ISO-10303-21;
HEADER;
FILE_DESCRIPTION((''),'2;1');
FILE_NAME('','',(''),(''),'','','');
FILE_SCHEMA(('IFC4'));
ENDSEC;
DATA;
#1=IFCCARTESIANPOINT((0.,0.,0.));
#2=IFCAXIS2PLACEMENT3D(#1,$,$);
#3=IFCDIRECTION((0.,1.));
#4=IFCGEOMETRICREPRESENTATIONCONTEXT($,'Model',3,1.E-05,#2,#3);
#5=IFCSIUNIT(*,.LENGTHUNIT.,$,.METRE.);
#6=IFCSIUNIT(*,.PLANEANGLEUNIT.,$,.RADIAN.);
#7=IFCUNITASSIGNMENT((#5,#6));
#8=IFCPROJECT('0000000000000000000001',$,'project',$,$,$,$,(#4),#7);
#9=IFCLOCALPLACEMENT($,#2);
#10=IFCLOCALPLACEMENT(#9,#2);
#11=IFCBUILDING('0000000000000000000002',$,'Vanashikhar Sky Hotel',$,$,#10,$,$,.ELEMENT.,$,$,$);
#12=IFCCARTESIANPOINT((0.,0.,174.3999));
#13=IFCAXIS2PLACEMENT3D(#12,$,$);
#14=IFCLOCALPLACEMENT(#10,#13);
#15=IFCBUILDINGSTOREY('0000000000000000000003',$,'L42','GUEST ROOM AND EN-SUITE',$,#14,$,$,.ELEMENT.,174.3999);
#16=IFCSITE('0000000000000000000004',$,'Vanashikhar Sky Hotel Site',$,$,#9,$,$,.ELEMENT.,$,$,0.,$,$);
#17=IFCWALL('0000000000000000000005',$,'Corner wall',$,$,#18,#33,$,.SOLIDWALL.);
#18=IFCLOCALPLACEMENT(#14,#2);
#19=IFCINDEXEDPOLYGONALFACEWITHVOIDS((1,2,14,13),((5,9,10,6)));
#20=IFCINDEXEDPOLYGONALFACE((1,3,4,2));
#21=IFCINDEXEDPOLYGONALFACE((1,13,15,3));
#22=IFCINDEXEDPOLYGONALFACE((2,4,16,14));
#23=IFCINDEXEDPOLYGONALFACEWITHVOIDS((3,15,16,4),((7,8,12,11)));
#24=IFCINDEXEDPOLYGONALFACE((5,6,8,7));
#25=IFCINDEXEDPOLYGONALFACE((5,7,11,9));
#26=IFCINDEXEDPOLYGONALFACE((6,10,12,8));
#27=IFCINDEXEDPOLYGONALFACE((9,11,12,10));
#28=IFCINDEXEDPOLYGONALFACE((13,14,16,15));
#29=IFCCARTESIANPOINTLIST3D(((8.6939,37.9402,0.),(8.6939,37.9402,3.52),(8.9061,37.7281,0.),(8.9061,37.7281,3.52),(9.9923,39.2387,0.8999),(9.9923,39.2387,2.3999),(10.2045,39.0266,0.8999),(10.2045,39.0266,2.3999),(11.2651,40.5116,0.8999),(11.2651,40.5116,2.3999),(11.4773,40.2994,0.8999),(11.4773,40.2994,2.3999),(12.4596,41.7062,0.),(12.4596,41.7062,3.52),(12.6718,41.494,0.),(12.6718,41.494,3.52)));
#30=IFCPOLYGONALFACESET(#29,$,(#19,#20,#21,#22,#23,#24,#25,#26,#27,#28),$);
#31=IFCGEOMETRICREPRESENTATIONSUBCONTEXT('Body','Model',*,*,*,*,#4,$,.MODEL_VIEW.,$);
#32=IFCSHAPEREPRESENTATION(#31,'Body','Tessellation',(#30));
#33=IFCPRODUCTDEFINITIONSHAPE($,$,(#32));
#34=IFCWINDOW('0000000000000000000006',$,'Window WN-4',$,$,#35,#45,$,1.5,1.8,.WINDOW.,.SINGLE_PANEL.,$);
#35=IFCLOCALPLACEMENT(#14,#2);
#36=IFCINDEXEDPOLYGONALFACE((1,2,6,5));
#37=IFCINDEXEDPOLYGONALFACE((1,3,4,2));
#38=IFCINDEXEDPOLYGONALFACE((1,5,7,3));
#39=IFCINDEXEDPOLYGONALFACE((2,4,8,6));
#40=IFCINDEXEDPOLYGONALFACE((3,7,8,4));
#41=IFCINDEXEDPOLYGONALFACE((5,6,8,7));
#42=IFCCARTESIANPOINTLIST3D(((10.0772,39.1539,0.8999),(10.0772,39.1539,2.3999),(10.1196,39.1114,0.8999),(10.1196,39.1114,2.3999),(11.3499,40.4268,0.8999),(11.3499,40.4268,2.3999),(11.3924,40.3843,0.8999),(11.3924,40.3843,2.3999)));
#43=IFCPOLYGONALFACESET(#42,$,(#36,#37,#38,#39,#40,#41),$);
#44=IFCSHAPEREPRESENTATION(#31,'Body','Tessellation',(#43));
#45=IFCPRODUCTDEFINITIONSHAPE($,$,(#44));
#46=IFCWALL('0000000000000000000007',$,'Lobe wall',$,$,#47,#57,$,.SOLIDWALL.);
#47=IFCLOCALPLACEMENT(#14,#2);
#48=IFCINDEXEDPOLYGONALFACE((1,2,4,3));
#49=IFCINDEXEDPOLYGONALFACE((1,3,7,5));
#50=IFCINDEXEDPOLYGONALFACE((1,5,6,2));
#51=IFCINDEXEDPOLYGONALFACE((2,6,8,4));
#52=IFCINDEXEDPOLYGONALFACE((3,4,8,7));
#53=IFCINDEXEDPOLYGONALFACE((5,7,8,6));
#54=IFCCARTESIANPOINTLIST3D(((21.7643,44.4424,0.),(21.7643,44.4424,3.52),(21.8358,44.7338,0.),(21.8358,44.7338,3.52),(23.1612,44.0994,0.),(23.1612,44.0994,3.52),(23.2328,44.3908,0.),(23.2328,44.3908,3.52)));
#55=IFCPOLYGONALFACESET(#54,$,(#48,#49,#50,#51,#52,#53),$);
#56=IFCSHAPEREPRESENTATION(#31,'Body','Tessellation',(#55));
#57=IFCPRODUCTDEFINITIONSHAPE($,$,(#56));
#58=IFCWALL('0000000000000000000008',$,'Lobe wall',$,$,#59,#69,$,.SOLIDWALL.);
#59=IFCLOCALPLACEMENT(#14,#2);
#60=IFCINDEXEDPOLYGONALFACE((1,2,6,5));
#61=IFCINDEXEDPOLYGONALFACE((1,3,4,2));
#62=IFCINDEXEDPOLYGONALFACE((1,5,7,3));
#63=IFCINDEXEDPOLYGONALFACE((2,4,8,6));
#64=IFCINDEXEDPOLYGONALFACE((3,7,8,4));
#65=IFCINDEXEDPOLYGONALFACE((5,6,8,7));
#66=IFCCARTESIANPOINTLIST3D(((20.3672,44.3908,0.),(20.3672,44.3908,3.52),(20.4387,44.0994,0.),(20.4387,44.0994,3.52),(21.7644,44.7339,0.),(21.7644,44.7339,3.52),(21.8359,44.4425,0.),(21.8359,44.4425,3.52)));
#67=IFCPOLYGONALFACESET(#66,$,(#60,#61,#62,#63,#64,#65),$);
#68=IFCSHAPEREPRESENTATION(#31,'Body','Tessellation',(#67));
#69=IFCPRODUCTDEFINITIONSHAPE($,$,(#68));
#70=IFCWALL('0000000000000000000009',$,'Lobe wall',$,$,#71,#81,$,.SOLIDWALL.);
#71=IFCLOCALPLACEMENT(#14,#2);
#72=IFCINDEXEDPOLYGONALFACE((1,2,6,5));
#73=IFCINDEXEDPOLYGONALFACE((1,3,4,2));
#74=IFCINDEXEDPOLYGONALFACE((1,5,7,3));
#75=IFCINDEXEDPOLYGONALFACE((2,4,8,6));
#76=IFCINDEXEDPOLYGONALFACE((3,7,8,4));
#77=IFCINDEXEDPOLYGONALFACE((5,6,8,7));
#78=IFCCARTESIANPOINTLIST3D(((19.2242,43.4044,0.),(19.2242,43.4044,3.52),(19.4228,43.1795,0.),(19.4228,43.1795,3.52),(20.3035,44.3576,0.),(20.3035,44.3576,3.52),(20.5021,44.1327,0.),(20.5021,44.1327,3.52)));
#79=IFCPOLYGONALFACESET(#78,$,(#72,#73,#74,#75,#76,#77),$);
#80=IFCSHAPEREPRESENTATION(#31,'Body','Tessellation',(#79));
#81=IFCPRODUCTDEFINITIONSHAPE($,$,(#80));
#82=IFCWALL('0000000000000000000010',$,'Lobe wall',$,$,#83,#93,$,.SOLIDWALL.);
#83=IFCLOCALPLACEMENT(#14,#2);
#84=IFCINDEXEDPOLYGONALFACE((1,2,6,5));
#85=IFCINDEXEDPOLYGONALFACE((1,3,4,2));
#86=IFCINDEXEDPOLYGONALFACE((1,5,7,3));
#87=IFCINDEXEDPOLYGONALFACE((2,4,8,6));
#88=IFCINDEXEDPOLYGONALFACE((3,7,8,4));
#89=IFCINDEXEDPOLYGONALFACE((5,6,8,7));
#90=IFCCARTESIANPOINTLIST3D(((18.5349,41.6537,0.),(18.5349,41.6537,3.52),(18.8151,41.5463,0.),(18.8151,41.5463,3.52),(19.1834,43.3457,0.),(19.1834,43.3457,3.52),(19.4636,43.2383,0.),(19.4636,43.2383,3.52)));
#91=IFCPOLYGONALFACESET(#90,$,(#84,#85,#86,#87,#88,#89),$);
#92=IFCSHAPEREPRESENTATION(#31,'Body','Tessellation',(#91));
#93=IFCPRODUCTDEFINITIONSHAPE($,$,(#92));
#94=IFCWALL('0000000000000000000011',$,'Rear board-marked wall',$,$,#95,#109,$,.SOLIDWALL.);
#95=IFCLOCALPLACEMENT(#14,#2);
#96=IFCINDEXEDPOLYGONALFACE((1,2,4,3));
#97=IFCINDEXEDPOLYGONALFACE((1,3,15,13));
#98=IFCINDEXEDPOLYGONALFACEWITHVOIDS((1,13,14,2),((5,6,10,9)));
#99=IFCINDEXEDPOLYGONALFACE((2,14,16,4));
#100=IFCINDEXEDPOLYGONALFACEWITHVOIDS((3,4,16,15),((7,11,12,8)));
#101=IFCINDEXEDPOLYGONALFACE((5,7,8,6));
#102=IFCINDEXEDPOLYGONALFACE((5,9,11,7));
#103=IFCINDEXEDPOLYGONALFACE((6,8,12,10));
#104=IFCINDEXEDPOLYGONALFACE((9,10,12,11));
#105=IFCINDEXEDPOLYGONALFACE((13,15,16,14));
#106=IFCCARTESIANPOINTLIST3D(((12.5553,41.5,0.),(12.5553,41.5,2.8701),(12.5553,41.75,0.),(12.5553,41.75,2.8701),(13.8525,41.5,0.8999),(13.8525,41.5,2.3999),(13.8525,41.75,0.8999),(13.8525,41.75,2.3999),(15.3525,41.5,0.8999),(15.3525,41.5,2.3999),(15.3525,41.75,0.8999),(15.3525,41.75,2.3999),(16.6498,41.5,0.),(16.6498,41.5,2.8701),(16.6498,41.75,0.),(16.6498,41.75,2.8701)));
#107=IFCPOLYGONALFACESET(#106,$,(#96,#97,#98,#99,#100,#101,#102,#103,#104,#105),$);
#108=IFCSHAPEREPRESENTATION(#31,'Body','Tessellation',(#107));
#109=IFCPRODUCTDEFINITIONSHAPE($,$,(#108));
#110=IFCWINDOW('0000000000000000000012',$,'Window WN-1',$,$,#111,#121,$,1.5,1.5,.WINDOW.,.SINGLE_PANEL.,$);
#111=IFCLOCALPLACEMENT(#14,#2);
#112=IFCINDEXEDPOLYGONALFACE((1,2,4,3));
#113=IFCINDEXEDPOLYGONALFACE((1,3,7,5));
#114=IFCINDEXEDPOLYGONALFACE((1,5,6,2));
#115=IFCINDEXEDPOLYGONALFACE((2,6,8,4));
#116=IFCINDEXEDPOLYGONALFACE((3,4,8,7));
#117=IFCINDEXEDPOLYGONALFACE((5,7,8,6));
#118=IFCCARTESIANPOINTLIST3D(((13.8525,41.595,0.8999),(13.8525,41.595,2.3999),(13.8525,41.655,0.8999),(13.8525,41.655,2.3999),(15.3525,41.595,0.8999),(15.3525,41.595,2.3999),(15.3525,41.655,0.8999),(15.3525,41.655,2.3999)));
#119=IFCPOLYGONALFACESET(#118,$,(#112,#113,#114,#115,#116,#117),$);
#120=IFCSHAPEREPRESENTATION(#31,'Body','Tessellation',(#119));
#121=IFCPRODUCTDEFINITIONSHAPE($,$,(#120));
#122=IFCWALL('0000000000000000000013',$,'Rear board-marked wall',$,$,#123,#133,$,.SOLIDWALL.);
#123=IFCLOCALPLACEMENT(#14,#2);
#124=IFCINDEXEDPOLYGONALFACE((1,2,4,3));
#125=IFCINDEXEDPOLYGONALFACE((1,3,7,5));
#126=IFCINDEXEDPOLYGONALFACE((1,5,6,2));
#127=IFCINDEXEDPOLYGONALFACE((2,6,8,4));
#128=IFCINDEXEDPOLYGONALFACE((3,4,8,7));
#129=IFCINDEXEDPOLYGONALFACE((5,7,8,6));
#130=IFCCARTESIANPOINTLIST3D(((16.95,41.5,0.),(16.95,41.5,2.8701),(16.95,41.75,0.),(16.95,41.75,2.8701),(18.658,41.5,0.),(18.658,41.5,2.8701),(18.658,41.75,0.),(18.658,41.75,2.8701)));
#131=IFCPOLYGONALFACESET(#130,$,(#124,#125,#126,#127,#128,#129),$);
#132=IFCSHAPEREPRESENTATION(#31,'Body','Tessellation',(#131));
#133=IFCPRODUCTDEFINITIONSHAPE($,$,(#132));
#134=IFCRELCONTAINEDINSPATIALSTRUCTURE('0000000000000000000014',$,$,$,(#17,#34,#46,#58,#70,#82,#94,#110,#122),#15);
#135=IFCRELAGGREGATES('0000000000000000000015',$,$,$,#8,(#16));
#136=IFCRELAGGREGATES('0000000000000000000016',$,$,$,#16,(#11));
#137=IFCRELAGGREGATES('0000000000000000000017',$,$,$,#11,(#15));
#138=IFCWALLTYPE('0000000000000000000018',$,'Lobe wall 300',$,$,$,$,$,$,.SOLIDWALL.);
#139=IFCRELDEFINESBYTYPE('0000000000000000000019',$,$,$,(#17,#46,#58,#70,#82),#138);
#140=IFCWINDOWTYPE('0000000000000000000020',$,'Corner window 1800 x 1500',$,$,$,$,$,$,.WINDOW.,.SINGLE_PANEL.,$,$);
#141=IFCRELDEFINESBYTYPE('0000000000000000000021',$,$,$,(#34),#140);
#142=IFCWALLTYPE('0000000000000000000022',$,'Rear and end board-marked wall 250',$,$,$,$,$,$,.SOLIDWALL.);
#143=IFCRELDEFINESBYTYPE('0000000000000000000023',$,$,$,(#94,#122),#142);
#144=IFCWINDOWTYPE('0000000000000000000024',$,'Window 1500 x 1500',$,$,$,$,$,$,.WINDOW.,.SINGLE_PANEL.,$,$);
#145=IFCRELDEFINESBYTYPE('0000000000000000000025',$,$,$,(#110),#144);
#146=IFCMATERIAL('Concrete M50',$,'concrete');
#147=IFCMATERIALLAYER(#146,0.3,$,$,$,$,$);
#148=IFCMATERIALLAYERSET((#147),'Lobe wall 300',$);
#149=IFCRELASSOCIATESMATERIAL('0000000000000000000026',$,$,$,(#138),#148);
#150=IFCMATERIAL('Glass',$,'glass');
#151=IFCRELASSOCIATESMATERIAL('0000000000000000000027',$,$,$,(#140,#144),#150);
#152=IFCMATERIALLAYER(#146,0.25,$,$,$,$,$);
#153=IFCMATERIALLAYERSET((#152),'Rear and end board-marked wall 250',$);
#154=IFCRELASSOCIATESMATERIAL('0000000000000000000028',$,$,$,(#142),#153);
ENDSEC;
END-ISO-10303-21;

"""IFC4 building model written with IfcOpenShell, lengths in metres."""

from ifc_helpers import new_model, si_unit, direction, frame, frame_2d, origin, place, context, subcontext, project, spatial, rectangle, extrude, source, transform, mapped, material, layer, layer_set, type_object, element, fill, save


model = new_model("IFC4")

# Units and contexts
model_context = context("Model", 3, precision=1e-05, world=origin(), true_north=direction((0.0, 1.0)))
body_context = subcontext(model_context, "Body", "Model", "MODEL_VIEW")
ifc_project = project(units=[si_unit("LENGTHUNIT", "METRE"), si_unit("PLANEANGLEUNIT", "RADIAN")], contexts=[model_context])

# Site, building, storey
site_placement = place(None, origin())
site = spatial("IfcSite", under=ifc_project, at=site_placement, Name="Vanashikhar Sky Hotel Site", CompositionType="ELEMENT", RefElevation=0.0)
building_placement = place(site_placement, origin())
building = spatial("IfcBuilding", under=site, at=building_placement, Name="Vanashikhar Sky Hotel", CompositionType="ELEMENT")
storey_placement = place(building_placement, frame((0.0, 0.0, 174.3999)))
storey = spatial("IfcBuildingStorey", under=building, at=storey_placement, Name="L42", Description="GUEST ROOM AND EN-SUITE", CompositionType="ELEMENT", Elevation=174.3999)

# Wall, opening, window
ifc_material_1 = material(Name="Concrete M50", Category="concrete")
ifc_layer_1 = layer(ifc_material_1, 0.3)
ifc_layer_set_1 = layer_set([ifc_layer_1], Name="Lobe wall 300")
wall_type_1 = type_object("IfcWallType", Name="Lobe wall 300", PredefinedType="SOLIDWALL", material=ifc_layer_set_1)
shared_shape_1 = source(origin(), body_context, "Body", "SweptSolid", [
    extrude(rectangle(XDim=5.3257, YDim=0.3, at=frame_2d((2.6628, 0.0))), origin(), (0.0, 0.0, 1.0), 3.52),
])
wall_1_placement = place(storey_placement, frame((12.5657, 41.6001, 0.0), z_axis=(0.0, 0.0, 1.0), x_axis=(-0.707084, -0.70713, 0.0)))
wall_1 = element("IfcWall", 1, at=wall_1_placement, inside=storey, type_object=wall_type_1, Name="Corner wall", PredefinedType="SOLIDWALL", context=body_context, shape_type="MappedRepresentation", body=[
    mapped(shared_shape_1, transform((0.0, 0.0, 0.0), scale=1.0)),
])
shared_shape_2 = source(origin(), body_context, "Body", "SweptSolid", [
    extrude(rectangle(XDim=1.8, YDim=1.5, at=frame_2d((0.8999, 0.75))), frame((0.0, 0.1602, 0.0), z_axis=(0.0, -1.0, 0.0), x_axis=(1.0, 0.0, 0.0)), (0.0, 0.0, 1.0), 0.3201),
])
opening_1_placement = place(wall_1_placement, frame((1.6895, 0.0, 0.8999)))
opening_1 = element("IfcOpeningElement", 2, at=opening_1_placement, cuts=wall_1, PredefinedType="OPENING", context=body_context, shape_type="MappedRepresentation", body=[
    mapped(shared_shape_2, transform((0.0, 0.0, 0.0), scale=1.0)),
])
ifc_material_2 = material(Name="Glass", Category="glass")
window_type_1 = type_object("IfcWindowType", Name="Corner window 1800 x 1500", PartitioningType="SINGLE_PANEL", PredefinedType="WINDOW", material=ifc_material_2)
shared_shape_3 = source(origin(), body_context, "Body", "SweptSolid", [
    extrude(rectangle(XDim=1.8, YDim=1.5, at=frame_2d((0.8999, 0.75))), frame((0.0, 0.03, 0.0), z_axis=(0.0, -1.0, 0.0), x_axis=(1.0, 0.0, 0.0)), (0.0, 0.0, 1.0), 0.0601),
])
window_1_placement = place(opening_1_placement, origin())
window_1 = element("IfcWindow", 3, at=window_1_placement, inside=storey, type_object=window_type_1, Name="Window WN-4", OverallHeight=1.5, OverallWidth=1.8, PartitioningType="SINGLE_PANEL", PredefinedType="WINDOW", context=body_context, shape_type="MappedRepresentation", body=[
    mapped(shared_shape_3, transform((0.0, 0.0, 0.0), scale=1.0)),
])
fill(opening_1, window_1)

# Walls
shared_shape_4 = source(origin(), body_context, "Body", "SweptSolid", [
    extrude(rectangle(XDim=1.4385, YDim=0.3, at=frame_2d((0.7192, 0.0))), origin(), (0.0, 0.0, 1.0), 3.52),
])
wall_2_placement = place(storey_placement, frame((23.197, 44.2451, 0.0), z_axis=(0.0, 0.0, 1.0), x_axis=(-0.971152, 0.23846, 0.0)))
element("IfcWall", 4, at=wall_2_placement, inside=storey, type_object=wall_type_1, Name="Lobe wall", PredefinedType="SOLIDWALL", context=body_context, shape_type="MappedRepresentation", body=[
    mapped(shared_shape_4, transform((0.0, 0.0, 0.0), scale=1.0)),
])
shared_shape_5 = source(origin(), body_context, "Body", "SweptSolid", [
    extrude(rectangle(XDim=1.4387, YDim=0.3, at=frame_2d((0.7192, 0.0))), origin(), (0.0, 0.0, 1.0), 3.52),
])
wall_3_placement = place(storey_placement, frame((21.8, 44.5881, 0.0), z_axis=(0.0, 0.0, 1.0), x_axis=(-0.971162, -0.238421, 0.0)))
element("IfcWall", 5, at=wall_3_placement, inside=storey, type_object=wall_type_1, Name="Lobe wall", PredefinedType="SOLIDWALL", context=body_context, shape_type="MappedRepresentation", body=[
    mapped(shared_shape_5, transform((0.0, 0.0, 0.0), scale=1.0)),
])
shared_shape_6 = source(origin(), body_context, "Body", "SweptSolid", [
    extrude(rectangle(XDim=1.4399, YDim=0.3, at=frame_2d((0.72, 0.0))), origin(), (0.0, 0.0, 1.0), 3.52),
])
wall_4_placement = place(storey_placement, frame((20.4028, 44.2451, 0.0), z_axis=(0.0, 0.0, 1.0), x_axis=(-0.749576, -0.661919, 0.0)))
element("IfcWall", 6, at=wall_4_placement, inside=storey, type_object=wall_type_1, Name="Lobe wall", PredefinedType="SOLIDWALL", context=body_context, shape_type="MappedRepresentation", body=[
    mapped(shared_shape_6, transform((0.0, 0.0, 0.0), scale=1.0)),
])
shared_shape_7 = source(origin(), body_context, "Body", "SweptSolid", [
    extrude(rectangle(XDim=1.812, YDim=0.3, at=frame_2d((0.906, 0.0))), origin(), (0.0, 0.0, 1.0), 3.52),
])
wall_5_placement = place(storey_placement, frame((19.3235, 43.292, 0.0), z_axis=(0.0, 0.0, 1.0), x_axis=(-0.357877, -0.933769, 0.0)))
element("IfcWall", 7, at=wall_5_placement, inside=storey, type_object=wall_type_1, Name="Lobe wall", PredefinedType="SOLIDWALL", context=body_context, shape_type="MappedRepresentation", body=[
    mapped(shared_shape_7, transform((0.0, 0.0, 0.0), scale=1.0)),
])

# Wall, opening, window
ifc_layer_2 = layer(ifc_material_1, 0.25)
ifc_layer_set_2 = layer_set([ifc_layer_2], Name="Rear and end board-marked wall 250")
wall_type_2 = type_object("IfcWallType", Name="Rear and end board-marked wall 250", PredefinedType="SOLIDWALL", material=ifc_layer_set_2)
shared_shape_8 = source(origin(), body_context, "Body", "SweptSolid", [
    extrude(rectangle(XDim=4.0945, YDim=0.25, at=frame_2d((2.0474, 0.0))), origin(), (0.0, 0.0, 1.0), 2.8701),
])
wall_6_placement = place(storey_placement, frame((16.6499, 41.625, 0.0), z_axis=(0.0, 0.0, 1.0), x_axis=(-1.0, 0.0, 0.0)))
wall_6 = element("IfcWall", 8, at=wall_6_placement, inside=storey, type_object=wall_type_2, Name="Rear board-marked wall", PredefinedType="SOLIDWALL", context=body_context, shape_type="MappedRepresentation", body=[
    mapped(shared_shape_8, transform((0.0, 0.0, 0.0), scale=1.0)),
])
shared_shape_9 = source(origin(), body_context, "Body", "SweptSolid", [
    extrude(rectangle(XDim=1.5, YDim=1.5, at=frame_2d((0.75, 0.75))), frame((0.0, 0.135, 0.0), z_axis=(0.0, -1.0, 0.0), x_axis=(1.0, 0.0, 0.0)), (0.0, 0.0, 1.0), 0.27),
])
opening_2_placement = place(wall_6_placement, frame((1.2974, 0.0, 0.8999)))
opening_2 = element("IfcOpeningElement", 9, at=opening_2_placement, cuts=wall_6, PredefinedType="OPENING", context=body_context, shape_type="MappedRepresentation", body=[
    mapped(shared_shape_9, transform((0.0, 0.0, 0.0), scale=1.0)),
])
window_type_2 = type_object("IfcWindowType", Name="Window 1500 x 1500", PartitioningType="SINGLE_PANEL", PredefinedType="WINDOW", material=ifc_material_2)
shared_shape_10 = source(origin(), body_context, "Body", "SweptSolid", [
    extrude(rectangle(XDim=1.5, YDim=1.5, at=frame_2d((0.75, 0.75))), frame((0.0, 0.03, 0.0), z_axis=(0.0, -1.0, 0.0), x_axis=(1.0, 0.0, 0.0)), (0.0, 0.0, 1.0), 0.0601),
])
window_2_placement = place(opening_2_placement, origin())
window_2 = element("IfcWindow", 10, at=window_2_placement, inside=storey, type_object=window_type_2, Name="Window WN-1", OverallHeight=1.5, OverallWidth=1.5, PartitioningType="SINGLE_PANEL", PredefinedType="WINDOW", context=body_context, shape_type="MappedRepresentation", body=[
    mapped(shared_shape_10, transform((0.0, 0.0, 0.0), scale=1.0)),
])
fill(opening_2, window_2)

# Wall
shared_shape_11 = source(origin(), body_context, "Body", "SweptSolid", [
    extrude(rectangle(XDim=1.708, YDim=0.25, at=frame_2d((0.854, 0.0))), origin(), (0.0, 0.0, 1.0), 2.8701),
])
wall_7_placement = place(storey_placement, frame((18.658, 41.625, 0.0), z_axis=(0.0, 0.0, 1.0), x_axis=(-1.0, 0.0, 0.0)))
element("IfcWall", 11, at=wall_7_placement, inside=storey, type_object=wall_type_2, Name="Rear board-marked wall", PredefinedType="SOLIDWALL", context=body_context, shape_type="MappedRepresentation", body=[
    mapped(shared_shape_11, transform((0.0, 0.0, 0.0), scale=1.0)),
])

save(model, "model.ifc")
